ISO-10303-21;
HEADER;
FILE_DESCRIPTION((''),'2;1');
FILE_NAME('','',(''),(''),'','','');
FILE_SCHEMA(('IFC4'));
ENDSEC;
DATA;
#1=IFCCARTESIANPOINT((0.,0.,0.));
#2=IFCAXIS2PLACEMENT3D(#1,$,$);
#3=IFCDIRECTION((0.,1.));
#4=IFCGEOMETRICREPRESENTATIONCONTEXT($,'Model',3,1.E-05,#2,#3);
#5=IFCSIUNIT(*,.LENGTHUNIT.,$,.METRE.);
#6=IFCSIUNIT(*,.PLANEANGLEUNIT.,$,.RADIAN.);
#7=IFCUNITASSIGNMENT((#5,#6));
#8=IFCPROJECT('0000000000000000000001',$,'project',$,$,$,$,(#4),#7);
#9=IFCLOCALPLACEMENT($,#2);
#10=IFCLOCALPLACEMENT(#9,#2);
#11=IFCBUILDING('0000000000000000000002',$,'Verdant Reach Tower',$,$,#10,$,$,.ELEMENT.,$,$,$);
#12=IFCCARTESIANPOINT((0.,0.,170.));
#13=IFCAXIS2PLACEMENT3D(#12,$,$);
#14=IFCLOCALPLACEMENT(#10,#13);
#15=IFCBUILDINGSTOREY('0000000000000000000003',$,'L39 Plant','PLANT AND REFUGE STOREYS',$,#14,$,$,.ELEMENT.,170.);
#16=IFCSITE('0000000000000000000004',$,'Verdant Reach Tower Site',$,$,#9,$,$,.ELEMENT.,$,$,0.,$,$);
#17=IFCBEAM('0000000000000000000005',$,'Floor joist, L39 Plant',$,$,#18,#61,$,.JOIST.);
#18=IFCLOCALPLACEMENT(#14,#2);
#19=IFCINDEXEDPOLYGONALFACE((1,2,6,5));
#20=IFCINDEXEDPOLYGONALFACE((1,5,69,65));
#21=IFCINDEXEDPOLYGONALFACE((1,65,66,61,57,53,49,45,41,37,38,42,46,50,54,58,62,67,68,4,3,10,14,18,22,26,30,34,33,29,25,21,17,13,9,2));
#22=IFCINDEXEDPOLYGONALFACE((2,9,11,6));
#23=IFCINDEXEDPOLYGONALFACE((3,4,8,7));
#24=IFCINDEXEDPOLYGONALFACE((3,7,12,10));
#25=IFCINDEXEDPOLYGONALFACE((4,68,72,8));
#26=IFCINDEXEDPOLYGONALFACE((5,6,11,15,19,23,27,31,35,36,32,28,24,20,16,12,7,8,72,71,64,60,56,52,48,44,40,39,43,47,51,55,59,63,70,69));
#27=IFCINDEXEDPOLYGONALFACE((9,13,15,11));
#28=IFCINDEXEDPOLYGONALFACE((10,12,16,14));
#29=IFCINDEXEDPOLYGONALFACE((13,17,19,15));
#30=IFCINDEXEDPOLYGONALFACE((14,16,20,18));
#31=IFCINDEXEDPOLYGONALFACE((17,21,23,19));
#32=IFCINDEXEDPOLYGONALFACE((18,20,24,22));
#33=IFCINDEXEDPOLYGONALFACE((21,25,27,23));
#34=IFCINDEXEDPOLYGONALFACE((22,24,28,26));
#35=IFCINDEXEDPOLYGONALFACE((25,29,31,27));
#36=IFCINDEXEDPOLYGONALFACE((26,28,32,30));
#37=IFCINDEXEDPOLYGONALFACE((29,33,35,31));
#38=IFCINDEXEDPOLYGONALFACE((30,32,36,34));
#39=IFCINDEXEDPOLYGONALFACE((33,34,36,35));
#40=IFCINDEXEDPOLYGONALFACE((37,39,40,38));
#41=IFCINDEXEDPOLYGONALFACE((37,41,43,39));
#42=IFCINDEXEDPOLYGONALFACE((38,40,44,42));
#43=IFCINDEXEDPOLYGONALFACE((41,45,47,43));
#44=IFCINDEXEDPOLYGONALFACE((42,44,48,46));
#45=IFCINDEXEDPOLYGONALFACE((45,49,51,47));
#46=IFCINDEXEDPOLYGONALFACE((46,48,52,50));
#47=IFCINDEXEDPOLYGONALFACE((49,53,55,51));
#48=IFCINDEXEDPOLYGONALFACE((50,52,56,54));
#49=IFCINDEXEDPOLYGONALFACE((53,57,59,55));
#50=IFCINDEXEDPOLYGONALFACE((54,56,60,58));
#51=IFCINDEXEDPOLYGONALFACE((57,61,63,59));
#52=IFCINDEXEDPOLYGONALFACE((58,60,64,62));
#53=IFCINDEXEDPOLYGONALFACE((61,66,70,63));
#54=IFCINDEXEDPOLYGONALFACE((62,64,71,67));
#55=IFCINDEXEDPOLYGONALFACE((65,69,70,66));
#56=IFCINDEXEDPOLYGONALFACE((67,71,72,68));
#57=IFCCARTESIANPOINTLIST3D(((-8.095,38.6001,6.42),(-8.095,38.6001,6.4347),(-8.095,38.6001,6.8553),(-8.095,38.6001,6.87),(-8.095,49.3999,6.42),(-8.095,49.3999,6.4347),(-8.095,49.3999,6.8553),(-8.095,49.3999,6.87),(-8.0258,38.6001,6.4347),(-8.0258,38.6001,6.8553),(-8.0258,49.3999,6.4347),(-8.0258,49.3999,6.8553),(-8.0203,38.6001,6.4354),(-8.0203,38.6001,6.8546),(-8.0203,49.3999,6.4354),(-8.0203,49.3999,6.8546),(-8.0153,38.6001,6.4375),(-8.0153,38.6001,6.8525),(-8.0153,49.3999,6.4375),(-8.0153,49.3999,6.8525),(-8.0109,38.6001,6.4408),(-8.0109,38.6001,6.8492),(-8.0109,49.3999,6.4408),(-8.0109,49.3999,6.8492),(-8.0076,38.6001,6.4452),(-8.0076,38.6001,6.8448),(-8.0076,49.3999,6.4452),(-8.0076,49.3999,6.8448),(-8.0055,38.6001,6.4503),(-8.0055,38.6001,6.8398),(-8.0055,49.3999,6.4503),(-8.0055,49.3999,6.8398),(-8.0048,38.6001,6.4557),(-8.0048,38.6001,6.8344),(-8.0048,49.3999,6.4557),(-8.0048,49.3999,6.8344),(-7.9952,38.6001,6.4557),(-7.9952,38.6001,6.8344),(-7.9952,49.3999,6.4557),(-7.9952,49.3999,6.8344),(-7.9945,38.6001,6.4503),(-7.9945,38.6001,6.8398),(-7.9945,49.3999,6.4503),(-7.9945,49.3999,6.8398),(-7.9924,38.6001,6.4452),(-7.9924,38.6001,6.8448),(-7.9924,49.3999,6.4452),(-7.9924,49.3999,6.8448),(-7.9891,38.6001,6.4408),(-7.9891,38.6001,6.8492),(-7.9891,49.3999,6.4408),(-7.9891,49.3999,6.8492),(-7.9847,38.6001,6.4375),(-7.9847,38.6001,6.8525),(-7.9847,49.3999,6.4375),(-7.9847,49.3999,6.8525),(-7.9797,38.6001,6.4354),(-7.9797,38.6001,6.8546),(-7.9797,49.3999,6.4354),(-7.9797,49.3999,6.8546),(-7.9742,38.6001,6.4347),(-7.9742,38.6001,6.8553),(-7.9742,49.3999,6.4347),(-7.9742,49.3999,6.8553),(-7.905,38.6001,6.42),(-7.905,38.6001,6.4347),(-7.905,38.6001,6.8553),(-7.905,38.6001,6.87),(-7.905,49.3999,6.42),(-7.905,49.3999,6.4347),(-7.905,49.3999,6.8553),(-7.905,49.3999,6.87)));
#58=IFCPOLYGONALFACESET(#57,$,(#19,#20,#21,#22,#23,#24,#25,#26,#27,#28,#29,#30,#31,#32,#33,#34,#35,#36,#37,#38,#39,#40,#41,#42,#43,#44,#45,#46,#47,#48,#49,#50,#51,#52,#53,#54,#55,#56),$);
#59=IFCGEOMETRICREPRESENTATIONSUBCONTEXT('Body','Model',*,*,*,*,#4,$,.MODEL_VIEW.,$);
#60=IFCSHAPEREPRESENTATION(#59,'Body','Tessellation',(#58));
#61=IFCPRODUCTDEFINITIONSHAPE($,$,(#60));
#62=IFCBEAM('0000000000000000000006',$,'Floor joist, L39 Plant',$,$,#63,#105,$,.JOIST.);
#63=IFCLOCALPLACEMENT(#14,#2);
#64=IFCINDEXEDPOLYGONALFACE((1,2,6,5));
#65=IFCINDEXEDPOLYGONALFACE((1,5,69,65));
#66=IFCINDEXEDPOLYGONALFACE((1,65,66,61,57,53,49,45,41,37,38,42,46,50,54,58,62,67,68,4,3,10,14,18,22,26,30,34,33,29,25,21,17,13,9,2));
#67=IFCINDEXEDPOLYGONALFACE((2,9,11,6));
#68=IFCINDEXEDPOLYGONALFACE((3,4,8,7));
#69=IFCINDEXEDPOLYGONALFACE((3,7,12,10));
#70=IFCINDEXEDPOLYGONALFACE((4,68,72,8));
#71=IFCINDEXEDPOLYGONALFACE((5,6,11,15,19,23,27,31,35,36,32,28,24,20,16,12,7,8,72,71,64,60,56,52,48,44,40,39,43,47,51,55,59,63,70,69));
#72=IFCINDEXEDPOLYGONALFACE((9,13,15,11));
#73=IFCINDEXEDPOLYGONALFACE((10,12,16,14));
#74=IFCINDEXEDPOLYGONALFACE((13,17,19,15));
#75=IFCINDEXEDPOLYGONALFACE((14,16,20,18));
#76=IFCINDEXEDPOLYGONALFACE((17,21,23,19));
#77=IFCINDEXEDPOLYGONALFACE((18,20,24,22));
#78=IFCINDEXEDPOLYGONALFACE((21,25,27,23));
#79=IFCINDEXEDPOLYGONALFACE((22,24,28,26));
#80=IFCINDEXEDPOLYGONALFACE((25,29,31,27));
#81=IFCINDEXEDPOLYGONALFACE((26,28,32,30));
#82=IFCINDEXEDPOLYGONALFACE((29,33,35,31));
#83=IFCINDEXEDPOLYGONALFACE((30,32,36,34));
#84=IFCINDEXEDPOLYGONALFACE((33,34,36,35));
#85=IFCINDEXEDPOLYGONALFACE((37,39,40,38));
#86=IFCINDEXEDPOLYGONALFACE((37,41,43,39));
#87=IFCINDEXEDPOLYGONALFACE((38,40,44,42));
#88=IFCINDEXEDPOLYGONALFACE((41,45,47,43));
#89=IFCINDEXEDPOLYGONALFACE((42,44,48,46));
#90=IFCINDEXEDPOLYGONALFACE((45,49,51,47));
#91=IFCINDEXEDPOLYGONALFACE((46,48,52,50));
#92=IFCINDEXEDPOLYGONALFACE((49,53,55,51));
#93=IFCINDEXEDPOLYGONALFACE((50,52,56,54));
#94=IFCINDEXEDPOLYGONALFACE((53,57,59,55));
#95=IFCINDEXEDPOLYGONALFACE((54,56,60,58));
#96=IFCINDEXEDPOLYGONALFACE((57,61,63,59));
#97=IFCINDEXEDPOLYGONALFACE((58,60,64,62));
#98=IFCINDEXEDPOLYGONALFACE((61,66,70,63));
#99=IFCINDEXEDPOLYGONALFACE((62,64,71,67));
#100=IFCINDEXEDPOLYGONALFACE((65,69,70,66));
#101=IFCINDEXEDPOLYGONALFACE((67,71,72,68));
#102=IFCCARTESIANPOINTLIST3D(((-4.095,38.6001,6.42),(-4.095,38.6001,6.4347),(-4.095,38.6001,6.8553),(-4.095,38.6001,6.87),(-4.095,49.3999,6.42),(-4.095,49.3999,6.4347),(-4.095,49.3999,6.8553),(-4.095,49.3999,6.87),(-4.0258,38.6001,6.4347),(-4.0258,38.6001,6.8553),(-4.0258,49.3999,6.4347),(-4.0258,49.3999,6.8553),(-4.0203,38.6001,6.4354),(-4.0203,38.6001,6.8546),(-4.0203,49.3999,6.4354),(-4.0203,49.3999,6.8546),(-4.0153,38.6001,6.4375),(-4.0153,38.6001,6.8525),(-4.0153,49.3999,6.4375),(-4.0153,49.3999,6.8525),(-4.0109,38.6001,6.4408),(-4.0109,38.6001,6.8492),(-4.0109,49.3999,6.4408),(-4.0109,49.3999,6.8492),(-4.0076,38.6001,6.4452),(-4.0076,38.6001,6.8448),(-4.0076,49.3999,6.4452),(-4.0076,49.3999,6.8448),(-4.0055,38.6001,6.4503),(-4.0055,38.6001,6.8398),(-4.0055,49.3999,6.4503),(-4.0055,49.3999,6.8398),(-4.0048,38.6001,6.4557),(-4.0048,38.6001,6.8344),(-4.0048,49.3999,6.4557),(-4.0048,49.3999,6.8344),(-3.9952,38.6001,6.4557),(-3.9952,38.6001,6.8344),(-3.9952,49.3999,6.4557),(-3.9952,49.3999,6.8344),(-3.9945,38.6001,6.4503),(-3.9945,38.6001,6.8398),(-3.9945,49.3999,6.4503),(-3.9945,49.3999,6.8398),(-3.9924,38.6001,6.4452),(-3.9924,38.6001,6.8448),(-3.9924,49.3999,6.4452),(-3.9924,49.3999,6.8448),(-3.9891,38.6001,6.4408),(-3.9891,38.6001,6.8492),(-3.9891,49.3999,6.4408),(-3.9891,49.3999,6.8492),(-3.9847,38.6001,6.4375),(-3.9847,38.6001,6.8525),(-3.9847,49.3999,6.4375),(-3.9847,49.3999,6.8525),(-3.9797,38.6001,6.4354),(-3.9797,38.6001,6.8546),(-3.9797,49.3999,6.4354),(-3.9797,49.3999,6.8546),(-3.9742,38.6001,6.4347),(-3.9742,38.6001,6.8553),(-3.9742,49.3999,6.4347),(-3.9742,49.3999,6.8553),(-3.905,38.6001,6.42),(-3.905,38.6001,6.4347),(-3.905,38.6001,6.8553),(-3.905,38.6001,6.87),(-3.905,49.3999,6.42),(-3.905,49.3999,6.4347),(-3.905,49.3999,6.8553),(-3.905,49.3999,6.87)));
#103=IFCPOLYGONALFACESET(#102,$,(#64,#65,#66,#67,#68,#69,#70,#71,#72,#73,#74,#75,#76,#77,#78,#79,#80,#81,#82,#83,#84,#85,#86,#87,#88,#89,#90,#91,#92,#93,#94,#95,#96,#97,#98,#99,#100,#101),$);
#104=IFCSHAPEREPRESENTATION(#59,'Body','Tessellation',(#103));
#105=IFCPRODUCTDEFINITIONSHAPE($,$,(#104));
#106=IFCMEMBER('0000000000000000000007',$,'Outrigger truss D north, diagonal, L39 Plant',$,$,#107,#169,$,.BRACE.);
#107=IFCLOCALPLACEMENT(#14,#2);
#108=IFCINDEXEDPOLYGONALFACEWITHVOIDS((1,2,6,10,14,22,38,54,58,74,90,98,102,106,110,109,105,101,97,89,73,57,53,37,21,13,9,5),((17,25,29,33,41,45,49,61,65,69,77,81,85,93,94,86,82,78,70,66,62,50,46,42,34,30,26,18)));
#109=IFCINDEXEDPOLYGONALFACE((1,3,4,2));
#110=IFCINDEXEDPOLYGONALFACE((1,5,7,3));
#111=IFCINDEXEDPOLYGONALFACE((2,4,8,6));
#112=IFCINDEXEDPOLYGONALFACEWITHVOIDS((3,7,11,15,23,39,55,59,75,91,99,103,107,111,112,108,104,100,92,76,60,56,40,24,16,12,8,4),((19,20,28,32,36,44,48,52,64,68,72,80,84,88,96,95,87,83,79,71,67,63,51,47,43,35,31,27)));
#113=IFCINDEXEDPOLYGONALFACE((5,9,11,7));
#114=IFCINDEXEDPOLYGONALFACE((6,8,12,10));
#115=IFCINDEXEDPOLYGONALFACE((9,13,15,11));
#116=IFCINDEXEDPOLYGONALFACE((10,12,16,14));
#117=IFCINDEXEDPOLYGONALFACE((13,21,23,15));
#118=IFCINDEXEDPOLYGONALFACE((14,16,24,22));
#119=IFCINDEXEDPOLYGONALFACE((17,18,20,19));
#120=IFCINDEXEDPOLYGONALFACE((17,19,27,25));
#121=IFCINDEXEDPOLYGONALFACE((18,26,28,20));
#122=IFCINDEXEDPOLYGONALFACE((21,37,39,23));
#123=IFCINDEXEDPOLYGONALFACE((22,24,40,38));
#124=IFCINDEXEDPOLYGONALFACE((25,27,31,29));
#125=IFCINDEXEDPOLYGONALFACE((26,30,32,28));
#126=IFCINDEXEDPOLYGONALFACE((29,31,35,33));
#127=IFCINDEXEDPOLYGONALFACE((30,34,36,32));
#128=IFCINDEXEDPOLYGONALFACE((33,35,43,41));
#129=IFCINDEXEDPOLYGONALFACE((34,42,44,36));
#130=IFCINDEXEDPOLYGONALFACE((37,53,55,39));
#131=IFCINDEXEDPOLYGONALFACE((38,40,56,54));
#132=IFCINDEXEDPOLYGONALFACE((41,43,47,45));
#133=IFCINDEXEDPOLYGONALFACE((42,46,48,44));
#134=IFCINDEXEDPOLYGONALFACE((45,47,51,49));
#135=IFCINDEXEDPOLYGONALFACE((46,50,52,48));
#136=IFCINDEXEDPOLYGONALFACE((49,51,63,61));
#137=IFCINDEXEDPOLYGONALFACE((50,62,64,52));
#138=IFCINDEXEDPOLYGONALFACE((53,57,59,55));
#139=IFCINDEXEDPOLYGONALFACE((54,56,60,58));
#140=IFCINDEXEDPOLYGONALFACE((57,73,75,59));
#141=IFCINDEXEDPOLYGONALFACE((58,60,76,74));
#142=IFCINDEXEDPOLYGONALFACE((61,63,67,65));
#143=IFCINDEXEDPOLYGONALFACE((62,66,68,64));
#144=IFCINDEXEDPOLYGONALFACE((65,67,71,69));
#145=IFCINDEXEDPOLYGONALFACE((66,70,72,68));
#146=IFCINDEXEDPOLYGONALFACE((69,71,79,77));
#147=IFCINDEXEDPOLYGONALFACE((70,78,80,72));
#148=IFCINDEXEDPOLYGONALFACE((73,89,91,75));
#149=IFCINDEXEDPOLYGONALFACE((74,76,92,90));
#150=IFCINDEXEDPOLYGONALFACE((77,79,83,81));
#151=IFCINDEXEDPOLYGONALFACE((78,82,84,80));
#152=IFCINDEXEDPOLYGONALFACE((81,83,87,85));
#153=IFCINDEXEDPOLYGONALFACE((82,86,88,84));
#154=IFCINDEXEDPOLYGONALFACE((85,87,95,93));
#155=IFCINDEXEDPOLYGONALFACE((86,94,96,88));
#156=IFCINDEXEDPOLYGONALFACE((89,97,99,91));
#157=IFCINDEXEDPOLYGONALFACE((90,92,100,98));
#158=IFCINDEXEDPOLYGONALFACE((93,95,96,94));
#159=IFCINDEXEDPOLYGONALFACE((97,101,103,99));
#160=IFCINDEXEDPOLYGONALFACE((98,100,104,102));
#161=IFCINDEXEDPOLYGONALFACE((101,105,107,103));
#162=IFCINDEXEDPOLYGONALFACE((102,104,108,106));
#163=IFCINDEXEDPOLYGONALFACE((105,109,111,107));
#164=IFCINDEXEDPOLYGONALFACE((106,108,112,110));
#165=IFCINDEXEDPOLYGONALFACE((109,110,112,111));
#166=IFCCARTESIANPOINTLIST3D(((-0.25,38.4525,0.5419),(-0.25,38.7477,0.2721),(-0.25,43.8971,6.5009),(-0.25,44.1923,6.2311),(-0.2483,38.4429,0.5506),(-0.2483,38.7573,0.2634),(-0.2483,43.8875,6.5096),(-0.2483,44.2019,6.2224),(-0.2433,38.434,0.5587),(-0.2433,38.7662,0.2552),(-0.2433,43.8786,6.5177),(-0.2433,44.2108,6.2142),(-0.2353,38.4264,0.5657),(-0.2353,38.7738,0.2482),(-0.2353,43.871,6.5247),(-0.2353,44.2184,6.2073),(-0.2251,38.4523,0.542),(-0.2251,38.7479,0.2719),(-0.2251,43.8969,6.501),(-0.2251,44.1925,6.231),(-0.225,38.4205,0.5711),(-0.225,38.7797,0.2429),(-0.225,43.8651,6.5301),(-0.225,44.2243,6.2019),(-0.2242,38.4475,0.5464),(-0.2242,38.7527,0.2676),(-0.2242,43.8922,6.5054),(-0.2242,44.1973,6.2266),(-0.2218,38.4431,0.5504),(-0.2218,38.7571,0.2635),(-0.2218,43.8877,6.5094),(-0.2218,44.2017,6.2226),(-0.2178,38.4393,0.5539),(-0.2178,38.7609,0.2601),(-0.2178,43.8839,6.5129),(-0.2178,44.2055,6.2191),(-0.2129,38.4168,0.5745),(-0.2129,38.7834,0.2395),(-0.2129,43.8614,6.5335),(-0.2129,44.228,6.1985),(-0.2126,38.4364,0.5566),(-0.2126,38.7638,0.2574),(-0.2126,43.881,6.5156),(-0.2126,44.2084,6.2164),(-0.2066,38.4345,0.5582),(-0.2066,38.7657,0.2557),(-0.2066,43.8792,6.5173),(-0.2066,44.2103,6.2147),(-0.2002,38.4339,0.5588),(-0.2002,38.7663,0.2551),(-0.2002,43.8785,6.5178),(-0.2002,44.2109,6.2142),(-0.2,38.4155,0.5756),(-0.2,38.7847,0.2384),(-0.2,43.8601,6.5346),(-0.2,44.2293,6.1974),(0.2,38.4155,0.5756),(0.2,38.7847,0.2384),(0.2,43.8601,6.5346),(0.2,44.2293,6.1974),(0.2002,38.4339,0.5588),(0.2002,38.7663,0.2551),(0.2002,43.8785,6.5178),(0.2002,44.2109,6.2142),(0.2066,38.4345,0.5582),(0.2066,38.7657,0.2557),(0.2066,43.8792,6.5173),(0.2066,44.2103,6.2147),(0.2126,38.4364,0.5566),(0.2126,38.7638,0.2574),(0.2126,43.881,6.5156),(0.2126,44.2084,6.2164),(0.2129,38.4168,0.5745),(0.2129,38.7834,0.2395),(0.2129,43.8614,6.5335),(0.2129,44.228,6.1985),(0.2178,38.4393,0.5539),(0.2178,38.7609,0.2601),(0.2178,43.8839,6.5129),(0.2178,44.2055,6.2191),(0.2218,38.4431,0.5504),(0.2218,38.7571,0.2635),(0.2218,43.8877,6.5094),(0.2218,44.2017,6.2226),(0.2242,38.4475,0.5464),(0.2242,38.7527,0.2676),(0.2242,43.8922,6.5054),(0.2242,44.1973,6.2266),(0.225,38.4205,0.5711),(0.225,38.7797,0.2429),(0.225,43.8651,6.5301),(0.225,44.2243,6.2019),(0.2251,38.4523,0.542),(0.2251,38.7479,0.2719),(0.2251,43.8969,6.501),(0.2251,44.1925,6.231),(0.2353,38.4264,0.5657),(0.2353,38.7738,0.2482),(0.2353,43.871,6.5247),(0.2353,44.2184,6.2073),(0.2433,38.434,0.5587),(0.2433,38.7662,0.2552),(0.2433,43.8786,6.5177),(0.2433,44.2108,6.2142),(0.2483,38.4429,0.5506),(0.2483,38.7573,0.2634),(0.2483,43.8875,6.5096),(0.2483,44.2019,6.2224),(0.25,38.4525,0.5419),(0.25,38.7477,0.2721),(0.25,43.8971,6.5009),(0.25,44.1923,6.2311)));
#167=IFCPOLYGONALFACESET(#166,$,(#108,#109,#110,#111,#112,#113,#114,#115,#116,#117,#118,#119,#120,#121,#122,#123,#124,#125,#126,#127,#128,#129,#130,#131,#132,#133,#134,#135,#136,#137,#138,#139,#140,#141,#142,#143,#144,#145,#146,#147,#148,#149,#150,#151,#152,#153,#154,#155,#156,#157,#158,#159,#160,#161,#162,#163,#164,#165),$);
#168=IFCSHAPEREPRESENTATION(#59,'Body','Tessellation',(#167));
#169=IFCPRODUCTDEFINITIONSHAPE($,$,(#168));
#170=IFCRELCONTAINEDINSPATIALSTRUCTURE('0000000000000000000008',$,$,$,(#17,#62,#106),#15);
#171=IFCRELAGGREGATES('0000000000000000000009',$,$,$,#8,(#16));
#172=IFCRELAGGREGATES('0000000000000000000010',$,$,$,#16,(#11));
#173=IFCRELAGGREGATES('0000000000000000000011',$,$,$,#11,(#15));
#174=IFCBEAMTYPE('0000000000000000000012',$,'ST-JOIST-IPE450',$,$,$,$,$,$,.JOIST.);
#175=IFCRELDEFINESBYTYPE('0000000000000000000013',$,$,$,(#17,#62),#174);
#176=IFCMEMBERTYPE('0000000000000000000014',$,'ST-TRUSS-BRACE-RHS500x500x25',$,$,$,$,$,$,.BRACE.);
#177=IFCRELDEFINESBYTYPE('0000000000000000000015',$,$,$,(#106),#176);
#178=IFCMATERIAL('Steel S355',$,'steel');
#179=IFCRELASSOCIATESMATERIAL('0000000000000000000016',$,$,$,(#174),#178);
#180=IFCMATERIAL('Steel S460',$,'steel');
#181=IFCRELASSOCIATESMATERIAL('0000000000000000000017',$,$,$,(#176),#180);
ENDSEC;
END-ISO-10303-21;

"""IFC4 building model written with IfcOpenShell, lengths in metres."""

from ifc_helpers import new_model, si_unit, direction, frame, origin, origin_2d, place, context, subcontext, project, spatial, hollow_rectangle, i_section, extrude, material, material_profile, profile_set, type_object, element, save


model = new_model("IFC4")

# Units and contexts
model_context = context("Model", 3, precision=1e-05, world=origin(), true_north=direction((0.0, 1.0)))
body_context = subcontext(model_context, "Body", "Model", "MODEL_VIEW")
ifc_project = project(units=[si_unit("LENGTHUNIT", "METRE"), si_unit("PLANEANGLEUNIT", "RADIAN")], contexts=[model_context])

# Site, building, storey
site_placement = place(None, origin())
site = spatial("IfcSite", under=ifc_project, at=site_placement, Name="Verdant Reach Tower Site", CompositionType="ELEMENT", RefElevation=0.0)
building_placement = place(site_placement, origin())
building = spatial("IfcBuilding", under=site, at=building_placement, Name="Verdant Reach Tower", CompositionType="ELEMENT")
storey_placement = place(building_placement, frame((0.0, 0.0, 170.0)))
storey = spatial("IfcBuildingStorey", under=building, at=storey_placement, Name="L39 Plant", Description="PLANT AND REFUGE STOREYS", CompositionType="ELEMENT", Elevation=170.0)

# Beams
ifc_material_1 = material(Name="Steel S355", Category="steel")
ifc_material_profile_1 = material_profile(ifc_material_1, i_section(OverallWidth=0.1899, OverallDepth=0.45, WebThickness=0.0095, FlangeThickness=0.0146, FilletRadius=0.021, at=origin_2d()), Name="IPE 450")
ifc_profile_set_1 = profile_set([ifc_material_profile_1], Name="Steel S355")
beam_type = type_object("IfcBeamType", Name="ST-JOIST-IPE450", PredefinedType="JOIST", material=ifc_profile_set_1)
for number, where, z_axis, x_axis, name in (
    (1, (-8.0, 38.6001, 6.645), (0.0, 1.0, 0.0), (-1.0, 0.0, 0.0), "Floor joist, L39 Plant"),
    (2, (-4.0, 38.6001, 6.645), (0.0, 1.0, 0.0), (-1.0, 0.0, 0.0), "Floor joist, L39 Plant"),
):
    element("IfcBeam", number, at=place(storey_placement, frame(where, z_axis=z_axis, x_axis=x_axis)), inside=storey, type_object=beam_type, Name=name, PredefinedType="JOIST", context=body_context, shape_type="SweptSolid", body=[
        extrude(i_section(OverallWidth=0.1899, OverallDepth=0.45, WebThickness=0.0095, FlangeThickness=0.0146, FilletRadius=0.021, at=origin_2d()), origin(), (0.0, 0.0, 1.0), 10.7998),
    ])

# Member
ifc_material_2 = material(Name="Steel S460", Category="steel")
ifc_material_profile_2 = material_profile(ifc_material_2, hollow_rectangle(XDim=0.5, YDim=0.5, WallThickness=0.0249, InnerFilletRadius=0.0249, OuterFilletRadius=0.05, at=origin_2d()), Name="RHS 500x500x25")
ifc_profile_set_2 = profile_set([ifc_material_profile_2], Name="Steel S460")
member_type_1 = type_object("IfcMemberType", Name="ST-TRUSS-BRACE-RHS500x500x25", PredefinedType="BRACE", material=ifc_profile_set_2)
member_1_placement = place(storey_placement, frame((0.0, 38.6001, 0.407), z_axis=(0.0, 0.674524, 0.738253), x_axis=(-1.0, 0.0, 0.0)))
element("IfcMember", 3, at=member_1_placement, inside=storey, type_object=member_type_1, Name="Outrigger truss D north, diagonal, L39 Plant", PredefinedType="BRACE", context=body_context, shape_type="SweptSolid", body=[
    extrude(hollow_rectangle(XDim=0.5, YDim=0.5, WallThickness=0.0249, InnerFilletRadius=0.0249, OuterFilletRadius=0.05, at=origin_2d()), origin(), (0.0, 0.0, 1.0), 8.0718),
])

save(model, "model.ifc")
